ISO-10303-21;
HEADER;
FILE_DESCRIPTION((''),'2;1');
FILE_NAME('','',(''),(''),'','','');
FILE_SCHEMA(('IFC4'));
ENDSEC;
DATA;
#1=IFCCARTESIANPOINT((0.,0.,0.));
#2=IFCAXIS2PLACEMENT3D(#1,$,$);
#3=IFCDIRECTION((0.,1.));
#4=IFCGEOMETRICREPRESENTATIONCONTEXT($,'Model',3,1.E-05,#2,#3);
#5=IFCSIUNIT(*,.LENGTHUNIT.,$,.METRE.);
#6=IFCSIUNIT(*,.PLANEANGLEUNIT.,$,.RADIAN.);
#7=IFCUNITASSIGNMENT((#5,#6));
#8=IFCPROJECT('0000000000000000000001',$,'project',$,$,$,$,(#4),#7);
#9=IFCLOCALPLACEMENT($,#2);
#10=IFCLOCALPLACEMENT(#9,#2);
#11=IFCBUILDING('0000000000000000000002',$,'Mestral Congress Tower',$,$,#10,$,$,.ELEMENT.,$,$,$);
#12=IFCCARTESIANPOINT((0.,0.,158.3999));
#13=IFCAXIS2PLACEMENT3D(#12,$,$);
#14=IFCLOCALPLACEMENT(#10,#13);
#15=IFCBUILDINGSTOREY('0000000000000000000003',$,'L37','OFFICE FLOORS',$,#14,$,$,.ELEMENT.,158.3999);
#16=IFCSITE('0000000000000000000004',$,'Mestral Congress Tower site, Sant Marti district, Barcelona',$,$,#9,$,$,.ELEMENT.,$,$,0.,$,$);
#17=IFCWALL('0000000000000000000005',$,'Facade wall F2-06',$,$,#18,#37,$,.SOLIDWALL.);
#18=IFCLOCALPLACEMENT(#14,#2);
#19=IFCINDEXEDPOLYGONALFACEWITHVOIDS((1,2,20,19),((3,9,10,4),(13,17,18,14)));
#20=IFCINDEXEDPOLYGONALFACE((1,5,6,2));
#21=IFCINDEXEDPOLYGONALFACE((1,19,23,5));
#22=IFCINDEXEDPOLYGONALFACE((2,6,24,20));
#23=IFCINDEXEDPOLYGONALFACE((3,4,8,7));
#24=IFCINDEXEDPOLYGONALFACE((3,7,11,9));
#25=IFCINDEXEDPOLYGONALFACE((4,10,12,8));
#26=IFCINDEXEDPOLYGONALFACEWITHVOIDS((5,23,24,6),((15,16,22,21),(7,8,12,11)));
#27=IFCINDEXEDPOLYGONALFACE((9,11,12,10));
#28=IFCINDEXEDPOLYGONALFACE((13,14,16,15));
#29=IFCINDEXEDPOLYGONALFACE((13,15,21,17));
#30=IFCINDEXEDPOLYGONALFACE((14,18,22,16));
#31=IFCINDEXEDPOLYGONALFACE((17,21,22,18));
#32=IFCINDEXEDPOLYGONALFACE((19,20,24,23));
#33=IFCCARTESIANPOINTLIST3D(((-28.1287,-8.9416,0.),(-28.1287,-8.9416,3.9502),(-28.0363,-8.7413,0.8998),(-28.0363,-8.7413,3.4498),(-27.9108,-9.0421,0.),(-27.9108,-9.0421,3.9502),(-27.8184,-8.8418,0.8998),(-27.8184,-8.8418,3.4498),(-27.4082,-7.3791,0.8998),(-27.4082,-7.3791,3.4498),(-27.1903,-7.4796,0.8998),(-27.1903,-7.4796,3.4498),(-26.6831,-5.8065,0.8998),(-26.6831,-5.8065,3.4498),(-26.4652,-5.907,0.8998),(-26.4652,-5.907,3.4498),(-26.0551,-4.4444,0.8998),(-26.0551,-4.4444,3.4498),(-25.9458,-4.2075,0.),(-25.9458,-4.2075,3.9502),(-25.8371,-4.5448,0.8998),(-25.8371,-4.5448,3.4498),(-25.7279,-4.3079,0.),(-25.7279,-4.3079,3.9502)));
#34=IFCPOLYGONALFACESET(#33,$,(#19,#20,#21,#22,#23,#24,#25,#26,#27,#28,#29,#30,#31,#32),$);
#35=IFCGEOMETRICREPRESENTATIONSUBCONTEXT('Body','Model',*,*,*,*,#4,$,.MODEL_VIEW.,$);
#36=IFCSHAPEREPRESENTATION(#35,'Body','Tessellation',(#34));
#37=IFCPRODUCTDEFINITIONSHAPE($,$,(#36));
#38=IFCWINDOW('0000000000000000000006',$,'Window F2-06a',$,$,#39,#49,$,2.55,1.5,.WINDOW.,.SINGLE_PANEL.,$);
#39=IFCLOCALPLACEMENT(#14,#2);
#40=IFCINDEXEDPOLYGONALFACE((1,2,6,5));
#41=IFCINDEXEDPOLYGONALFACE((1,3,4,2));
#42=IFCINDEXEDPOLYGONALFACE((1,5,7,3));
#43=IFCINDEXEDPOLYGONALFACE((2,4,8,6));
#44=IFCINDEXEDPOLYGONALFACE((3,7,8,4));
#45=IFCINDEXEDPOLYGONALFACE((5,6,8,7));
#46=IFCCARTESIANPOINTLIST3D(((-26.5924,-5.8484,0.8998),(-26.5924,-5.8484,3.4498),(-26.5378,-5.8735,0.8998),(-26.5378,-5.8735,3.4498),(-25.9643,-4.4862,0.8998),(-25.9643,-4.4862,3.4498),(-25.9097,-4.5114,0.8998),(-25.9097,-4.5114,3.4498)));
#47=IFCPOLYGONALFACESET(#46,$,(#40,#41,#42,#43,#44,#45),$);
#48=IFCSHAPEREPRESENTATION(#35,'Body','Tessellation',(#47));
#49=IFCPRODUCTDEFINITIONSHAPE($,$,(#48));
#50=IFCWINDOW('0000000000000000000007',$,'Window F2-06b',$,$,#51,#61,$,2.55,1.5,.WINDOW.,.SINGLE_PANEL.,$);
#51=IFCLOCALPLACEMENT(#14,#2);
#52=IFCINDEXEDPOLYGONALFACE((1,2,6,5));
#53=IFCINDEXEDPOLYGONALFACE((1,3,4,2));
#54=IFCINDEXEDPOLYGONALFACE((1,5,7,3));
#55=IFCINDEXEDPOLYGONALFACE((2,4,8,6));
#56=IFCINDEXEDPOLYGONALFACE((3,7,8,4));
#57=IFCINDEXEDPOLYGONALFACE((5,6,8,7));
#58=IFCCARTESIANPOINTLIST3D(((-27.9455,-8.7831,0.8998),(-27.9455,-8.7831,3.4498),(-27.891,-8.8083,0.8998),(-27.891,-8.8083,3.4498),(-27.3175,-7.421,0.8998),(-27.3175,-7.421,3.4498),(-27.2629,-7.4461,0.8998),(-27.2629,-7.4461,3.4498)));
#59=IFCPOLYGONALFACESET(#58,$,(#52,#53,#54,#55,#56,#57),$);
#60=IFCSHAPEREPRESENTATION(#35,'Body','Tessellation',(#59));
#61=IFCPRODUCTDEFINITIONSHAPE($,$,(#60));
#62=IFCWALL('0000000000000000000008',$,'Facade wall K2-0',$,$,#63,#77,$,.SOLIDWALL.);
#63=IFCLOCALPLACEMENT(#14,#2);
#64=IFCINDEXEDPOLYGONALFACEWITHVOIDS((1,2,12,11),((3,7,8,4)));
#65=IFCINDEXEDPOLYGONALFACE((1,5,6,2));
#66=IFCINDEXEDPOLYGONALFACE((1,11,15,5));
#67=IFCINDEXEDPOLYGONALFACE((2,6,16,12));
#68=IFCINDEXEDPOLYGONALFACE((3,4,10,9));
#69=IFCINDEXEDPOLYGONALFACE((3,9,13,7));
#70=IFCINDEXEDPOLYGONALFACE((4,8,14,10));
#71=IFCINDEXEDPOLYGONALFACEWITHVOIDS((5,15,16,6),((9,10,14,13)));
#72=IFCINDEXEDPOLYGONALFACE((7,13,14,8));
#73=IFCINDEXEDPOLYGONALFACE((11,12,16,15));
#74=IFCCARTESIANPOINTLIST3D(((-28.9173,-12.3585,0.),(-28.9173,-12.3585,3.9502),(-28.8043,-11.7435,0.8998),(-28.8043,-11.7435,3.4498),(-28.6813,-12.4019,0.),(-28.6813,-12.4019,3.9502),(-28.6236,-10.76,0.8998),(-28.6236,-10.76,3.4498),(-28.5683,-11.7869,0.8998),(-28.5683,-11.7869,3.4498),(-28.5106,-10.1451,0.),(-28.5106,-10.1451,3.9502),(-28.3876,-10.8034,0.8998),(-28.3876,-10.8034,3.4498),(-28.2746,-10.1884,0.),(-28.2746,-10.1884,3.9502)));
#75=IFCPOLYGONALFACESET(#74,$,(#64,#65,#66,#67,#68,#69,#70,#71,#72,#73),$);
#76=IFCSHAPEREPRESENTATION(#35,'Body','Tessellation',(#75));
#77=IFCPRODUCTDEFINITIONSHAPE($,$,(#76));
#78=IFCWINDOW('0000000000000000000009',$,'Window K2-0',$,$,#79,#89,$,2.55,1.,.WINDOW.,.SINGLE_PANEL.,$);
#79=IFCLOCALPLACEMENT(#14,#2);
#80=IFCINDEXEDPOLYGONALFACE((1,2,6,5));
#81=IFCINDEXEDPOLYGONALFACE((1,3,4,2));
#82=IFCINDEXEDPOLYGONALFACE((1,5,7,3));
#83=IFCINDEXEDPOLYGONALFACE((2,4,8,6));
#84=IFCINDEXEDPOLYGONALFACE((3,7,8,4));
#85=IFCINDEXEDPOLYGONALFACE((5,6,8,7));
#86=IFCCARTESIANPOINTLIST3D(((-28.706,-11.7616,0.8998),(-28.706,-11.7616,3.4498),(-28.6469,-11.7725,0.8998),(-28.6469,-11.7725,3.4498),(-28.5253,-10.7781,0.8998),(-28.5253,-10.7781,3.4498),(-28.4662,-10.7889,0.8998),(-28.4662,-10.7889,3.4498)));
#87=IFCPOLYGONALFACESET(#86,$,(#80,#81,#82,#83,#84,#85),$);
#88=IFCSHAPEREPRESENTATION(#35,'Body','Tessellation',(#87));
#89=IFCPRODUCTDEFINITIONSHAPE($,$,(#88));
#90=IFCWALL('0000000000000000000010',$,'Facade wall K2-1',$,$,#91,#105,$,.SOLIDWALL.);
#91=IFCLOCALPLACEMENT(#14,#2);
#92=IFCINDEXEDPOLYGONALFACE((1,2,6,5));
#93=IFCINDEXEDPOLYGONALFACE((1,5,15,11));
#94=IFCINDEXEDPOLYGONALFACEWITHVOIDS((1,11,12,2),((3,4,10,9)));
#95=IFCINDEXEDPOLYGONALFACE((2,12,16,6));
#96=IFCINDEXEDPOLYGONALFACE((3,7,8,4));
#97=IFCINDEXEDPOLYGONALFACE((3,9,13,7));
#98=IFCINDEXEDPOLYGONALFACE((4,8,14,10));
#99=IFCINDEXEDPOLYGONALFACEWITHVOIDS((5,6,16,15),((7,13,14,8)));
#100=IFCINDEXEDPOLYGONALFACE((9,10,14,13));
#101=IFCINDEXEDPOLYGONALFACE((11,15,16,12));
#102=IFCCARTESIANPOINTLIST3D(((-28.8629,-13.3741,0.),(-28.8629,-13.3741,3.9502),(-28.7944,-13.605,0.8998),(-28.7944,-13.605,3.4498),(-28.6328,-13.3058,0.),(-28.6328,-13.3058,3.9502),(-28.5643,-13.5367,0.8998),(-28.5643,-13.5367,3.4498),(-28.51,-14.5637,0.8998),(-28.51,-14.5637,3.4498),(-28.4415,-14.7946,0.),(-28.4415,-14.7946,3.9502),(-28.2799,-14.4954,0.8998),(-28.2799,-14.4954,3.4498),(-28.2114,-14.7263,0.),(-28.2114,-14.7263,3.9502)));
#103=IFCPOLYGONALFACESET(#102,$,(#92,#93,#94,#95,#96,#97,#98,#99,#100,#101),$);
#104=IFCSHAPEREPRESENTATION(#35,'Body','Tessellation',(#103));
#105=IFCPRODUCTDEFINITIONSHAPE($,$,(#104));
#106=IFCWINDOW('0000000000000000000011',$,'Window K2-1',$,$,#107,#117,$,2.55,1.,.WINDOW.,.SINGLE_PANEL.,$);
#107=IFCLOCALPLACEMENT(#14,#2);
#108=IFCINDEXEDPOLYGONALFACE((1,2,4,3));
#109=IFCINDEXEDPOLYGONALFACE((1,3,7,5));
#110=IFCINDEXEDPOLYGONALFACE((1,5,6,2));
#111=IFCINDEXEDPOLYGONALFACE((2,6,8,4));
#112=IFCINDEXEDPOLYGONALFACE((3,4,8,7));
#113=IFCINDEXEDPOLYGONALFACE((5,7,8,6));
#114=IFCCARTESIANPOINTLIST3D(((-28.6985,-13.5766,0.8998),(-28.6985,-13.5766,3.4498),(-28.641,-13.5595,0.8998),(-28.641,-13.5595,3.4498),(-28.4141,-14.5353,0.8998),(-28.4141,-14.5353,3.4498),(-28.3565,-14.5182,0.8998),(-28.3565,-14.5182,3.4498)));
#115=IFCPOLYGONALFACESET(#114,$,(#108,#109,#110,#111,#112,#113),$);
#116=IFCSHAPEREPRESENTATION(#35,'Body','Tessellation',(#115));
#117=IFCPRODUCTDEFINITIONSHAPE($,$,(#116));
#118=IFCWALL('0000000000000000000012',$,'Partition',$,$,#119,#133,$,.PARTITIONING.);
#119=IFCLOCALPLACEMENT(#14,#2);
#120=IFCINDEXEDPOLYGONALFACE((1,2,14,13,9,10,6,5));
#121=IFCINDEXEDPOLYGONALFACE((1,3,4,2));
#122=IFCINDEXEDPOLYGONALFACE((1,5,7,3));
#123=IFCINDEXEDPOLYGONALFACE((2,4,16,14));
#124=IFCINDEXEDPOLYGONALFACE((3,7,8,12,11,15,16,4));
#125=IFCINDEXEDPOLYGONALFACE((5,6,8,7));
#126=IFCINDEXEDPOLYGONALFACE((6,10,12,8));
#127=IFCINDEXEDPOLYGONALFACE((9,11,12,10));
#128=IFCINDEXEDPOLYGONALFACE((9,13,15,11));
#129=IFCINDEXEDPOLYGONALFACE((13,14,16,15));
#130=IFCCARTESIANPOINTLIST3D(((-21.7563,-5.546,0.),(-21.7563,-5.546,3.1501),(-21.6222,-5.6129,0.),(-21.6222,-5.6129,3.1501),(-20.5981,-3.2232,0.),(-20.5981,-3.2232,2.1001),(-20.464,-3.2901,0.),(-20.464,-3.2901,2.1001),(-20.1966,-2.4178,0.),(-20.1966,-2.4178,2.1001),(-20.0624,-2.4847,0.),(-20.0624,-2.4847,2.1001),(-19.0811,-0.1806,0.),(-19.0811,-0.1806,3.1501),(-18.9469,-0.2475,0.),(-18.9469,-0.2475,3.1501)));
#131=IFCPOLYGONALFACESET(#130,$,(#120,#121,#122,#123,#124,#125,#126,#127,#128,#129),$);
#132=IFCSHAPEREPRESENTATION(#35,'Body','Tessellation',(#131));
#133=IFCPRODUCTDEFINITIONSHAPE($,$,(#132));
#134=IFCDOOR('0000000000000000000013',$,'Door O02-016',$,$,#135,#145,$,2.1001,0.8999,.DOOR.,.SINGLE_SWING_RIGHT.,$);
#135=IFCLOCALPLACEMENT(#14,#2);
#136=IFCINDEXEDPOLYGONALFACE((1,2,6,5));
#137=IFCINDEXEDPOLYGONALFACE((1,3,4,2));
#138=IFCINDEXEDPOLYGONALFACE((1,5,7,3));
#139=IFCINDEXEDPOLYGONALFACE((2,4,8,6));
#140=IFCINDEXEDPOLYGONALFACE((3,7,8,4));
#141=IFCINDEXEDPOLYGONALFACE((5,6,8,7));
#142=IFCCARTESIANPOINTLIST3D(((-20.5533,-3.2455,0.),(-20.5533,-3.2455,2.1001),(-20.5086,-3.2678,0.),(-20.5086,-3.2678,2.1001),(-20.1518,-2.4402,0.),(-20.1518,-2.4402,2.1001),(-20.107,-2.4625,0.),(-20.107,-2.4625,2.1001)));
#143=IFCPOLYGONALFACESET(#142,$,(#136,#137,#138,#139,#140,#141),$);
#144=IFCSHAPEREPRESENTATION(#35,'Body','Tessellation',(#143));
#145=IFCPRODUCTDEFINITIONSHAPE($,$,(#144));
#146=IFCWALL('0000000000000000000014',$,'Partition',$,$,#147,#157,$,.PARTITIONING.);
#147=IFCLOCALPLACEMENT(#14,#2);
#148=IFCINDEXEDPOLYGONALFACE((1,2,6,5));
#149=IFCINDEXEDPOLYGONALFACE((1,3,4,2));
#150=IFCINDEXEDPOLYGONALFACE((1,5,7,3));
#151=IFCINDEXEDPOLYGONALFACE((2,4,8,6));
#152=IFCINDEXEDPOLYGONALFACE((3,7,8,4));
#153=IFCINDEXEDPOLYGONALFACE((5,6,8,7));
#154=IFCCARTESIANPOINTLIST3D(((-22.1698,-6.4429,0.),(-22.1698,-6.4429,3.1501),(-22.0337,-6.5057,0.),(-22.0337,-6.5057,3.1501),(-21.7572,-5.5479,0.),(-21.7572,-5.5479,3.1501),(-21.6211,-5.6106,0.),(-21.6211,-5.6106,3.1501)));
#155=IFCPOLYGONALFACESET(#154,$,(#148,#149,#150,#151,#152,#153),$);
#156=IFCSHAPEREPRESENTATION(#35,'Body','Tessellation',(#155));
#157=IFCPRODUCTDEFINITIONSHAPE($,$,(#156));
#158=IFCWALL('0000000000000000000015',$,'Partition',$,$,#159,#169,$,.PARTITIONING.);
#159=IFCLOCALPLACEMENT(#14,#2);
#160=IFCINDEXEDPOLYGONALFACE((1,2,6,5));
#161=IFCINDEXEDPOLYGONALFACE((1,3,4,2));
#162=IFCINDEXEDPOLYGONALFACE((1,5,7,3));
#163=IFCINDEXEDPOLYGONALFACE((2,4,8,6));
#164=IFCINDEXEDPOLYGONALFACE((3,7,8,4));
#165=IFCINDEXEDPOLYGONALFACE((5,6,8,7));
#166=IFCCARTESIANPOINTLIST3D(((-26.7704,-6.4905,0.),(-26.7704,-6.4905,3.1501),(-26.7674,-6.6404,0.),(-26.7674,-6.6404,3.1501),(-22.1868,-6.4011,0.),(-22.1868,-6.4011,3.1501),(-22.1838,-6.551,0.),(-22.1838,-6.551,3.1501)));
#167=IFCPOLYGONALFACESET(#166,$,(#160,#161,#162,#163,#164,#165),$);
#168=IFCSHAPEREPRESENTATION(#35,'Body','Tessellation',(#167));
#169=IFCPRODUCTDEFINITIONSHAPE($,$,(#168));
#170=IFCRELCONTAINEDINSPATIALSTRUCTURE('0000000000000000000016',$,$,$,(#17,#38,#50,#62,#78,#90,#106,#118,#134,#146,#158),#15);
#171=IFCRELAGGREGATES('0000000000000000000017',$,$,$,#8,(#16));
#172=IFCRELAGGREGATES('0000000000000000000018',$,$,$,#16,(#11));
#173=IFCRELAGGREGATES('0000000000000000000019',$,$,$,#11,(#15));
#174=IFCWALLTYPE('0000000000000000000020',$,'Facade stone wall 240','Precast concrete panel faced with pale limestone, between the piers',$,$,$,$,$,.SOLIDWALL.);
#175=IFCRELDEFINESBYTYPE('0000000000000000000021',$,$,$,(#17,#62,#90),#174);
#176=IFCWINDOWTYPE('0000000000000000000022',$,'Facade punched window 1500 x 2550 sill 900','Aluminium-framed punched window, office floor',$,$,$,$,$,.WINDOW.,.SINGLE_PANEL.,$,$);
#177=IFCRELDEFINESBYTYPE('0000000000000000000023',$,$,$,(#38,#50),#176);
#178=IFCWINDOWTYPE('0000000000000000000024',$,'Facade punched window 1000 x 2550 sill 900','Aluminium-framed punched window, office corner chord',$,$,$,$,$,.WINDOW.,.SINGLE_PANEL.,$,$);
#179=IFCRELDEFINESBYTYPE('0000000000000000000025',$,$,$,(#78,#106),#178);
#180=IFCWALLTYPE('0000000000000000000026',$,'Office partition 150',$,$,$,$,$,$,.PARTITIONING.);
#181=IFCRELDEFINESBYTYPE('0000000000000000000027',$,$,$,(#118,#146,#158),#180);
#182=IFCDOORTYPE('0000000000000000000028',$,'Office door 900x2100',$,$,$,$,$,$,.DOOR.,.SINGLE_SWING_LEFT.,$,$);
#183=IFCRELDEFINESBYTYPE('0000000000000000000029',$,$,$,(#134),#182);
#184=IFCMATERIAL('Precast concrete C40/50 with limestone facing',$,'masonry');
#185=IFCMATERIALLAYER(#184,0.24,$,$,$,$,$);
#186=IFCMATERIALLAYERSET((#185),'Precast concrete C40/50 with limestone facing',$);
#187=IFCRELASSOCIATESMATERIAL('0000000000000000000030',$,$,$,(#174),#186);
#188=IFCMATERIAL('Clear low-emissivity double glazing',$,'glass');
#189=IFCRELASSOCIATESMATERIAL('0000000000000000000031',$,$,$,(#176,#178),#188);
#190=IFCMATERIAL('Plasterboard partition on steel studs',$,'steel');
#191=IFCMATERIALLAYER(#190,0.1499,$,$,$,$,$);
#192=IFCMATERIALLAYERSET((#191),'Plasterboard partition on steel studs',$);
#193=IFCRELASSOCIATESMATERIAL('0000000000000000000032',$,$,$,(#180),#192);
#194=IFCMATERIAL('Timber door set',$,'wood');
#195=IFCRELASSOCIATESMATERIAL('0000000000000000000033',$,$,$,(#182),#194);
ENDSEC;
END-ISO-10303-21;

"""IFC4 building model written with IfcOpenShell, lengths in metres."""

from ifc_helpers import new_model, si_unit, direction, frame, frame_2d, origin, place, context, subcontext, project, spatial, rectangle, extrude, material, layer, layer_set, type_object, element, fill, save


model = new_model("IFC4")

# Units and contexts
model_context = context("Model", 3, precision=1e-05, world=origin(), true_north=direction((0.0, 1.0)))
body_context = subcontext(model_context, "Body", "Model", "MODEL_VIEW")
ifc_project = project(units=[si_unit("LENGTHUNIT", "METRE"), si_unit("PLANEANGLEUNIT", "RADIAN")], contexts=[model_context])

# Site, building, storey
site_placement = place(None, origin())
site = spatial("IfcSite", under=ifc_project, at=site_placement, Name="Mestral Congress Tower site, Sant Marti district, Barcelona", CompositionType="ELEMENT", RefElevation=0.0)
building_placement = place(site_placement, origin())
building = spatial("IfcBuilding", under=site, at=building_placement, Name="Mestral Congress Tower", CompositionType="ELEMENT")
storey_placement = place(building_placement, frame((0.0, 0.0, 158.3999)))
storey = spatial("IfcBuildingStorey", under=building, at=storey_placement, Name="L37", Description="OFFICE FLOORS", CompositionType="ELEMENT", Elevation=158.3999)

# Wall, openings, windows
ifc_material_1 = material(Name="Precast concrete C40/50 with limestone facing", Category="masonry")
ifc_layer_1 = layer(ifc_material_1, 0.24)
ifc_layer_set_1 = layer_set([ifc_layer_1], Name="Precast concrete C40/50 with limestone facing")
wall_type_1 = type_object("IfcWallType", Name="Facade stone wall 240", Description="Precast concrete panel faced with pale limestone, between the piers", PredefinedType="SOLIDWALL", material=ifc_layer_set_1)
wall_1_placement = place(storey_placement, frame((-25.8369, -4.2578, 0.0), z_axis=(0.0, 0.0, 1.0), x_axis=(-0.418723, -0.908114, 0.0)))
wall_1 = element("IfcWall", 1, at=wall_1_placement, inside=storey, type_object=wall_type_1, Name="Facade wall F2-06", PredefinedType="SOLIDWALL", context=body_context, shape_type="SweptSolid", body=[
    extrude(rectangle(XDim=5.2131, YDim=0.24, at=frame_2d((2.6064, 0.0))), origin(), (0.0, 0.0, 1.0), 3.9502),
])
opening_1_placement = place(wall_1_placement, frame((0.2607, 0.0, 0.8999)))
opening_1 = element("IfcOpeningElement", 2, at=opening_1_placement, cuts=wall_1, PredefinedType="OPENING", context=body_context, shape_type="SweptSolid", body=[
    extrude(rectangle(XDim=1.5, YDim=2.55, at=frame_2d((0.75, 1.2749))), frame((0.0, 0.1299, 0.0), z_axis=(0.0, -1.0, 0.0), x_axis=(1.0, 0.0, 0.0)), (0.0, 0.0, 1.0), 0.26),
])
opening_2_placement = place(wall_1_placement, frame((3.4924, 0.0, 0.8999)))
opening_2 = element("IfcOpeningElement", 3, at=opening_2_placement, cuts=wall_1, PredefinedType="OPENING", context=body_context, shape_type="SweptSolid", body=[
    extrude(rectangle(XDim=1.5, YDim=2.55, at=frame_2d((0.75, 1.2749))), frame((0.0, 0.1299, 0.0), z_axis=(0.0, -1.0, 0.0), x_axis=(1.0, 0.0, 0.0)), (0.0, 0.0, 1.0), 0.26),
])
ifc_material_2 = material(Name="Clear low-emissivity double glazing", Category="glass")
window_type_1 = type_object("IfcWindowType", Name="Facade punched window 1500 x 2550 sill 900", Description="Aluminium-framed punched window, office floor", PartitioningType="SINGLE_PANEL", PredefinedType="WINDOW", material=ifc_material_2)
window_1_placement = place(opening_1_placement, origin())
window_1 = element("IfcWindow", 4, at=window_1_placement, inside=storey, type_object=window_type_1, Name="Window F2-06a", OverallHeight=2.55, OverallWidth=1.5, PartitioningType="SINGLE_PANEL", PredefinedType="WINDOW", context=body_context, shape_type="SweptSolid", body=[
    extrude(rectangle(XDim=1.5, YDim=2.55, at=frame_2d((0.75, 1.2749))), frame((0.0, 0.04, 0.0), z_axis=(0.0, -1.0, 0.0), x_axis=(1.0, 0.0, 0.0)), (0.0, 0.0, 1.0), 0.0601),
])
fill(opening_1, window_1)
window_2_placement = place(opening_2_placement, origin())
window_2 = element("IfcWindow", 5, at=window_2_placement, inside=storey, type_object=window_type_1, Name="Window F2-06b", OverallHeight=2.55, OverallWidth=1.5, PartitioningType="SINGLE_PANEL", PredefinedType="WINDOW", context=body_context, shape_type="SweptSolid", body=[
    extrude(rectangle(XDim=1.5, YDim=2.55, at=frame_2d((0.75, 1.2749))), frame((0.0, 0.04, 0.0), z_axis=(0.0, -1.0, 0.0), x_axis=(1.0, 0.0, 0.0)), (0.0, 0.0, 1.0), 0.0601),
])
fill(opening_2, window_2)

# Walls, openings, windows
wall_2_placement = place(storey_placement, frame((-28.3926, -10.1667, 0.0), z_axis=(0.0, 0.0, 1.0), x_axis=(-0.180737, -0.983531, 0.0)))
wall_2 = element("IfcWall", 6, at=wall_2_placement, inside=storey, type_object=wall_type_1, Name="Facade wall K2-0", PredefinedType="SOLIDWALL", context=body_context, shape_type="SweptSolid", body=[
    extrude(rectangle(XDim=2.2505, YDim=0.24, at=frame_2d((1.1252, 0.0))), origin(), (0.0, 0.0, 1.0), 3.9502),
])
opening_3_placement = place(wall_2_placement, frame((0.6252, 0.0, 0.8999)))
opening_3 = element("IfcOpeningElement", 7, at=opening_3_placement, cuts=wall_2, PredefinedType="OPENING", context=body_context, shape_type="SweptSolid", body=[
    extrude(rectangle(XDim=1.0, YDim=2.55, at=frame_2d((0.5, 1.2749))), frame((0.0, 0.1299, 0.0), z_axis=(0.0, -1.0, 0.0), x_axis=(1.0, 0.0, 0.0)), (0.0, 0.0, 1.0), 0.26),
])
window_type_2 = type_object("IfcWindowType", Name="Facade punched window 1000 x 2550 sill 900", Description="Aluminium-framed punched window, office corner chord", PartitioningType="SINGLE_PANEL", PredefinedType="WINDOW", material=ifc_material_2)
window_3_placement = place(opening_3_placement, origin())
window_3 = element("IfcWindow", 8, at=window_3_placement, inside=storey, type_object=window_type_2, Name="Window K2-0", OverallHeight=2.55, OverallWidth=1.0, PartitioningType="SINGLE_PANEL", PredefinedType="WINDOW", context=body_context, shape_type="SweptSolid", body=[
    extrude(rectangle(XDim=1.0, YDim=2.55, at=frame_2d((0.5, 1.2749))), frame((0.0, 0.04, 0.0), z_axis=(0.0, -1.0, 0.0), x_axis=(1.0, 0.0, 0.0)), (0.0, 0.0, 1.0), 0.0601),
])
fill(opening_3, window_3)
wall_3_placement = place(storey_placement, frame((-28.7478, -13.3401, 0.0), z_axis=(0.0, 0.0, 1.0), x_axis=(0.284414, -0.958702, 0.0)))
wall_3 = element("IfcWall", 9, at=wall_3_placement, inside=storey, type_object=wall_type_1, Name="Facade wall K2-1", PredefinedType="SOLIDWALL", context=body_context, shape_type="SweptSolid", body=[
    extrude(rectangle(XDim=1.4817, YDim=0.24, at=frame_2d((0.7407, 0.0))), origin(), (0.0, 0.0, 1.0), 3.9502),
])
opening_4_placement = place(wall_3_placement, frame((0.2407, 0.0, 0.8999)))
opening_4 = element("IfcOpeningElement", 10, at=opening_4_placement, cuts=wall_3, PredefinedType="OPENING", context=body_context, shape_type="SweptSolid", body=[
    extrude(rectangle(XDim=1.0, YDim=2.55, at=frame_2d((0.5, 1.2749))), frame((0.0, 0.1299, 0.0), z_axis=(0.0, -1.0, 0.0), x_axis=(1.0, 0.0, 0.0)), (0.0, 0.0, 1.0), 0.26),
])
window_4_placement = place(opening_4_placement, origin())
window_4 = element("IfcWindow", 11, at=window_4_placement, inside=storey, type_object=window_type_2, Name="Window K2-1", OverallHeight=2.55, OverallWidth=1.0, PartitioningType="SINGLE_PANEL", PredefinedType="WINDOW", context=body_context, shape_type="SweptSolid", body=[
    extrude(rectangle(XDim=1.0, YDim=2.55, at=frame_2d((0.5, 1.2749))), frame((0.0, 0.04, 0.0), z_axis=(0.0, -1.0, 0.0), x_axis=(1.0, 0.0, 0.0)), (0.0, 0.0, 1.0), 0.0601),
])
fill(opening_4, window_4)

# Wall, opening, door
ifc_material_3 = material(Name="Plasterboard partition on steel studs", Category="steel")
ifc_layer_2 = layer(ifc_material_3, 0.1499)
ifc_layer_set_2 = layer_set([ifc_layer_2], Name="Plasterboard partition on steel studs")
wall_type_2 = type_object("IfcWallType", Name="Office partition 150", PredefinedType="PARTITIONING", material=ifc_layer_set_2)
wall_4_placement = place(storey_placement, frame((-21.6892, -5.5793, 0.0), z_axis=(0.0, 0.0, 1.0), x_axis=(0.44622, 0.894923, 0.0)))
wall_4 = element("IfcWall", 12, at=wall_4_placement, inside=storey, type_object=wall_type_2, Name="Partition", PredefinedType="PARTITIONING", context=body_context, shape_type="SweptSolid", body=[
    extrude(rectangle(XDim=5.9954, YDim=0.1499, at=frame_2d((2.9976, 0.0))), origin(), (0.0, 0.0, 1.0), 3.1501),
])
opening_5_placement = place(wall_4_placement, frame((2.5955, 0.0, 0.0)))
opening_5 = element("IfcOpeningElement", 13, at=opening_5_placement, cuts=wall_4, PredefinedType="OPENING", context=body_context, shape_type="SweptSolid", body=[
    extrude(rectangle(XDim=0.8999, YDim=2.1001, at=frame_2d((0.45, 1.05))), frame((0.0, 0.085, 0.0), z_axis=(0.0, -1.0, 0.0), x_axis=(1.0, 0.0, 0.0)), (0.0, 0.0, 1.0), 0.1699),
])
ifc_material_4 = material(Name="Timber door set", Category="wood")
door_type_1 = type_object("IfcDoorType", Name="Office door 900x2100", OperationType="SINGLE_SWING_LEFT", PredefinedType="DOOR", material=ifc_material_4)
door_1_placement = place(opening_5_placement, origin())
door_1 = element("IfcDoor", 14, at=door_1_placement, inside=storey, type_object=door_type_1, Name="Door O02-016", OperationType="SINGLE_SWING_RIGHT", OverallHeight=2.1001, OverallWidth=0.8999, PredefinedType="DOOR", context=body_context, shape_type="SweptSolid", body=[
    extrude(rectangle(XDim=0.8999, YDim=2.1001, at=frame_2d((0.45, 1.05))), frame((0.0, 0.0249, 0.0), z_axis=(0.0, -1.0, 0.0), x_axis=(1.0, 0.0, 0.0)), (0.0, 0.0, 1.0), 0.05),
])
fill(opening_5, door_1)

# Walls
wall_5_placement = place(storey_placement, frame((-21.6892, -5.5793, 0.0), z_axis=(0.0, 0.0, 1.0), x_axis=(-0.41865, -0.908148, 0.0)))
element("IfcWall", 15, at=wall_5_placement, inside=storey, type_object=wall_type_2, Name="Partition", PredefinedType="PARTITIONING", context=body_context, shape_type="SweptSolid", body=[
    extrude(rectangle(XDim=0.9856, YDim=0.1499, at=frame_2d((0.4927, 0.0))), origin(), (0.0, 0.0, 1.0), 3.1501),
])
wall_6_placement = place(storey_placement, frame((-22.1853, -6.4761, 0.0), z_axis=(0.0, 0.0, 1.0), x_axis=(-0.99981, -0.019491, 0.0)))
element("IfcWall", 16, at=wall_6_placement, inside=storey, type_object=wall_type_2, Name="Partition", PredefinedType="PARTITIONING", context=body_context, shape_type="SweptSolid", body=[
    extrude(rectangle(XDim=4.5845, YDim=0.1499, at=frame_2d((2.2922, 0.0))), origin(), (0.0, 0.0, 1.0), 3.1501),
])

save(model, "model.ifc")
